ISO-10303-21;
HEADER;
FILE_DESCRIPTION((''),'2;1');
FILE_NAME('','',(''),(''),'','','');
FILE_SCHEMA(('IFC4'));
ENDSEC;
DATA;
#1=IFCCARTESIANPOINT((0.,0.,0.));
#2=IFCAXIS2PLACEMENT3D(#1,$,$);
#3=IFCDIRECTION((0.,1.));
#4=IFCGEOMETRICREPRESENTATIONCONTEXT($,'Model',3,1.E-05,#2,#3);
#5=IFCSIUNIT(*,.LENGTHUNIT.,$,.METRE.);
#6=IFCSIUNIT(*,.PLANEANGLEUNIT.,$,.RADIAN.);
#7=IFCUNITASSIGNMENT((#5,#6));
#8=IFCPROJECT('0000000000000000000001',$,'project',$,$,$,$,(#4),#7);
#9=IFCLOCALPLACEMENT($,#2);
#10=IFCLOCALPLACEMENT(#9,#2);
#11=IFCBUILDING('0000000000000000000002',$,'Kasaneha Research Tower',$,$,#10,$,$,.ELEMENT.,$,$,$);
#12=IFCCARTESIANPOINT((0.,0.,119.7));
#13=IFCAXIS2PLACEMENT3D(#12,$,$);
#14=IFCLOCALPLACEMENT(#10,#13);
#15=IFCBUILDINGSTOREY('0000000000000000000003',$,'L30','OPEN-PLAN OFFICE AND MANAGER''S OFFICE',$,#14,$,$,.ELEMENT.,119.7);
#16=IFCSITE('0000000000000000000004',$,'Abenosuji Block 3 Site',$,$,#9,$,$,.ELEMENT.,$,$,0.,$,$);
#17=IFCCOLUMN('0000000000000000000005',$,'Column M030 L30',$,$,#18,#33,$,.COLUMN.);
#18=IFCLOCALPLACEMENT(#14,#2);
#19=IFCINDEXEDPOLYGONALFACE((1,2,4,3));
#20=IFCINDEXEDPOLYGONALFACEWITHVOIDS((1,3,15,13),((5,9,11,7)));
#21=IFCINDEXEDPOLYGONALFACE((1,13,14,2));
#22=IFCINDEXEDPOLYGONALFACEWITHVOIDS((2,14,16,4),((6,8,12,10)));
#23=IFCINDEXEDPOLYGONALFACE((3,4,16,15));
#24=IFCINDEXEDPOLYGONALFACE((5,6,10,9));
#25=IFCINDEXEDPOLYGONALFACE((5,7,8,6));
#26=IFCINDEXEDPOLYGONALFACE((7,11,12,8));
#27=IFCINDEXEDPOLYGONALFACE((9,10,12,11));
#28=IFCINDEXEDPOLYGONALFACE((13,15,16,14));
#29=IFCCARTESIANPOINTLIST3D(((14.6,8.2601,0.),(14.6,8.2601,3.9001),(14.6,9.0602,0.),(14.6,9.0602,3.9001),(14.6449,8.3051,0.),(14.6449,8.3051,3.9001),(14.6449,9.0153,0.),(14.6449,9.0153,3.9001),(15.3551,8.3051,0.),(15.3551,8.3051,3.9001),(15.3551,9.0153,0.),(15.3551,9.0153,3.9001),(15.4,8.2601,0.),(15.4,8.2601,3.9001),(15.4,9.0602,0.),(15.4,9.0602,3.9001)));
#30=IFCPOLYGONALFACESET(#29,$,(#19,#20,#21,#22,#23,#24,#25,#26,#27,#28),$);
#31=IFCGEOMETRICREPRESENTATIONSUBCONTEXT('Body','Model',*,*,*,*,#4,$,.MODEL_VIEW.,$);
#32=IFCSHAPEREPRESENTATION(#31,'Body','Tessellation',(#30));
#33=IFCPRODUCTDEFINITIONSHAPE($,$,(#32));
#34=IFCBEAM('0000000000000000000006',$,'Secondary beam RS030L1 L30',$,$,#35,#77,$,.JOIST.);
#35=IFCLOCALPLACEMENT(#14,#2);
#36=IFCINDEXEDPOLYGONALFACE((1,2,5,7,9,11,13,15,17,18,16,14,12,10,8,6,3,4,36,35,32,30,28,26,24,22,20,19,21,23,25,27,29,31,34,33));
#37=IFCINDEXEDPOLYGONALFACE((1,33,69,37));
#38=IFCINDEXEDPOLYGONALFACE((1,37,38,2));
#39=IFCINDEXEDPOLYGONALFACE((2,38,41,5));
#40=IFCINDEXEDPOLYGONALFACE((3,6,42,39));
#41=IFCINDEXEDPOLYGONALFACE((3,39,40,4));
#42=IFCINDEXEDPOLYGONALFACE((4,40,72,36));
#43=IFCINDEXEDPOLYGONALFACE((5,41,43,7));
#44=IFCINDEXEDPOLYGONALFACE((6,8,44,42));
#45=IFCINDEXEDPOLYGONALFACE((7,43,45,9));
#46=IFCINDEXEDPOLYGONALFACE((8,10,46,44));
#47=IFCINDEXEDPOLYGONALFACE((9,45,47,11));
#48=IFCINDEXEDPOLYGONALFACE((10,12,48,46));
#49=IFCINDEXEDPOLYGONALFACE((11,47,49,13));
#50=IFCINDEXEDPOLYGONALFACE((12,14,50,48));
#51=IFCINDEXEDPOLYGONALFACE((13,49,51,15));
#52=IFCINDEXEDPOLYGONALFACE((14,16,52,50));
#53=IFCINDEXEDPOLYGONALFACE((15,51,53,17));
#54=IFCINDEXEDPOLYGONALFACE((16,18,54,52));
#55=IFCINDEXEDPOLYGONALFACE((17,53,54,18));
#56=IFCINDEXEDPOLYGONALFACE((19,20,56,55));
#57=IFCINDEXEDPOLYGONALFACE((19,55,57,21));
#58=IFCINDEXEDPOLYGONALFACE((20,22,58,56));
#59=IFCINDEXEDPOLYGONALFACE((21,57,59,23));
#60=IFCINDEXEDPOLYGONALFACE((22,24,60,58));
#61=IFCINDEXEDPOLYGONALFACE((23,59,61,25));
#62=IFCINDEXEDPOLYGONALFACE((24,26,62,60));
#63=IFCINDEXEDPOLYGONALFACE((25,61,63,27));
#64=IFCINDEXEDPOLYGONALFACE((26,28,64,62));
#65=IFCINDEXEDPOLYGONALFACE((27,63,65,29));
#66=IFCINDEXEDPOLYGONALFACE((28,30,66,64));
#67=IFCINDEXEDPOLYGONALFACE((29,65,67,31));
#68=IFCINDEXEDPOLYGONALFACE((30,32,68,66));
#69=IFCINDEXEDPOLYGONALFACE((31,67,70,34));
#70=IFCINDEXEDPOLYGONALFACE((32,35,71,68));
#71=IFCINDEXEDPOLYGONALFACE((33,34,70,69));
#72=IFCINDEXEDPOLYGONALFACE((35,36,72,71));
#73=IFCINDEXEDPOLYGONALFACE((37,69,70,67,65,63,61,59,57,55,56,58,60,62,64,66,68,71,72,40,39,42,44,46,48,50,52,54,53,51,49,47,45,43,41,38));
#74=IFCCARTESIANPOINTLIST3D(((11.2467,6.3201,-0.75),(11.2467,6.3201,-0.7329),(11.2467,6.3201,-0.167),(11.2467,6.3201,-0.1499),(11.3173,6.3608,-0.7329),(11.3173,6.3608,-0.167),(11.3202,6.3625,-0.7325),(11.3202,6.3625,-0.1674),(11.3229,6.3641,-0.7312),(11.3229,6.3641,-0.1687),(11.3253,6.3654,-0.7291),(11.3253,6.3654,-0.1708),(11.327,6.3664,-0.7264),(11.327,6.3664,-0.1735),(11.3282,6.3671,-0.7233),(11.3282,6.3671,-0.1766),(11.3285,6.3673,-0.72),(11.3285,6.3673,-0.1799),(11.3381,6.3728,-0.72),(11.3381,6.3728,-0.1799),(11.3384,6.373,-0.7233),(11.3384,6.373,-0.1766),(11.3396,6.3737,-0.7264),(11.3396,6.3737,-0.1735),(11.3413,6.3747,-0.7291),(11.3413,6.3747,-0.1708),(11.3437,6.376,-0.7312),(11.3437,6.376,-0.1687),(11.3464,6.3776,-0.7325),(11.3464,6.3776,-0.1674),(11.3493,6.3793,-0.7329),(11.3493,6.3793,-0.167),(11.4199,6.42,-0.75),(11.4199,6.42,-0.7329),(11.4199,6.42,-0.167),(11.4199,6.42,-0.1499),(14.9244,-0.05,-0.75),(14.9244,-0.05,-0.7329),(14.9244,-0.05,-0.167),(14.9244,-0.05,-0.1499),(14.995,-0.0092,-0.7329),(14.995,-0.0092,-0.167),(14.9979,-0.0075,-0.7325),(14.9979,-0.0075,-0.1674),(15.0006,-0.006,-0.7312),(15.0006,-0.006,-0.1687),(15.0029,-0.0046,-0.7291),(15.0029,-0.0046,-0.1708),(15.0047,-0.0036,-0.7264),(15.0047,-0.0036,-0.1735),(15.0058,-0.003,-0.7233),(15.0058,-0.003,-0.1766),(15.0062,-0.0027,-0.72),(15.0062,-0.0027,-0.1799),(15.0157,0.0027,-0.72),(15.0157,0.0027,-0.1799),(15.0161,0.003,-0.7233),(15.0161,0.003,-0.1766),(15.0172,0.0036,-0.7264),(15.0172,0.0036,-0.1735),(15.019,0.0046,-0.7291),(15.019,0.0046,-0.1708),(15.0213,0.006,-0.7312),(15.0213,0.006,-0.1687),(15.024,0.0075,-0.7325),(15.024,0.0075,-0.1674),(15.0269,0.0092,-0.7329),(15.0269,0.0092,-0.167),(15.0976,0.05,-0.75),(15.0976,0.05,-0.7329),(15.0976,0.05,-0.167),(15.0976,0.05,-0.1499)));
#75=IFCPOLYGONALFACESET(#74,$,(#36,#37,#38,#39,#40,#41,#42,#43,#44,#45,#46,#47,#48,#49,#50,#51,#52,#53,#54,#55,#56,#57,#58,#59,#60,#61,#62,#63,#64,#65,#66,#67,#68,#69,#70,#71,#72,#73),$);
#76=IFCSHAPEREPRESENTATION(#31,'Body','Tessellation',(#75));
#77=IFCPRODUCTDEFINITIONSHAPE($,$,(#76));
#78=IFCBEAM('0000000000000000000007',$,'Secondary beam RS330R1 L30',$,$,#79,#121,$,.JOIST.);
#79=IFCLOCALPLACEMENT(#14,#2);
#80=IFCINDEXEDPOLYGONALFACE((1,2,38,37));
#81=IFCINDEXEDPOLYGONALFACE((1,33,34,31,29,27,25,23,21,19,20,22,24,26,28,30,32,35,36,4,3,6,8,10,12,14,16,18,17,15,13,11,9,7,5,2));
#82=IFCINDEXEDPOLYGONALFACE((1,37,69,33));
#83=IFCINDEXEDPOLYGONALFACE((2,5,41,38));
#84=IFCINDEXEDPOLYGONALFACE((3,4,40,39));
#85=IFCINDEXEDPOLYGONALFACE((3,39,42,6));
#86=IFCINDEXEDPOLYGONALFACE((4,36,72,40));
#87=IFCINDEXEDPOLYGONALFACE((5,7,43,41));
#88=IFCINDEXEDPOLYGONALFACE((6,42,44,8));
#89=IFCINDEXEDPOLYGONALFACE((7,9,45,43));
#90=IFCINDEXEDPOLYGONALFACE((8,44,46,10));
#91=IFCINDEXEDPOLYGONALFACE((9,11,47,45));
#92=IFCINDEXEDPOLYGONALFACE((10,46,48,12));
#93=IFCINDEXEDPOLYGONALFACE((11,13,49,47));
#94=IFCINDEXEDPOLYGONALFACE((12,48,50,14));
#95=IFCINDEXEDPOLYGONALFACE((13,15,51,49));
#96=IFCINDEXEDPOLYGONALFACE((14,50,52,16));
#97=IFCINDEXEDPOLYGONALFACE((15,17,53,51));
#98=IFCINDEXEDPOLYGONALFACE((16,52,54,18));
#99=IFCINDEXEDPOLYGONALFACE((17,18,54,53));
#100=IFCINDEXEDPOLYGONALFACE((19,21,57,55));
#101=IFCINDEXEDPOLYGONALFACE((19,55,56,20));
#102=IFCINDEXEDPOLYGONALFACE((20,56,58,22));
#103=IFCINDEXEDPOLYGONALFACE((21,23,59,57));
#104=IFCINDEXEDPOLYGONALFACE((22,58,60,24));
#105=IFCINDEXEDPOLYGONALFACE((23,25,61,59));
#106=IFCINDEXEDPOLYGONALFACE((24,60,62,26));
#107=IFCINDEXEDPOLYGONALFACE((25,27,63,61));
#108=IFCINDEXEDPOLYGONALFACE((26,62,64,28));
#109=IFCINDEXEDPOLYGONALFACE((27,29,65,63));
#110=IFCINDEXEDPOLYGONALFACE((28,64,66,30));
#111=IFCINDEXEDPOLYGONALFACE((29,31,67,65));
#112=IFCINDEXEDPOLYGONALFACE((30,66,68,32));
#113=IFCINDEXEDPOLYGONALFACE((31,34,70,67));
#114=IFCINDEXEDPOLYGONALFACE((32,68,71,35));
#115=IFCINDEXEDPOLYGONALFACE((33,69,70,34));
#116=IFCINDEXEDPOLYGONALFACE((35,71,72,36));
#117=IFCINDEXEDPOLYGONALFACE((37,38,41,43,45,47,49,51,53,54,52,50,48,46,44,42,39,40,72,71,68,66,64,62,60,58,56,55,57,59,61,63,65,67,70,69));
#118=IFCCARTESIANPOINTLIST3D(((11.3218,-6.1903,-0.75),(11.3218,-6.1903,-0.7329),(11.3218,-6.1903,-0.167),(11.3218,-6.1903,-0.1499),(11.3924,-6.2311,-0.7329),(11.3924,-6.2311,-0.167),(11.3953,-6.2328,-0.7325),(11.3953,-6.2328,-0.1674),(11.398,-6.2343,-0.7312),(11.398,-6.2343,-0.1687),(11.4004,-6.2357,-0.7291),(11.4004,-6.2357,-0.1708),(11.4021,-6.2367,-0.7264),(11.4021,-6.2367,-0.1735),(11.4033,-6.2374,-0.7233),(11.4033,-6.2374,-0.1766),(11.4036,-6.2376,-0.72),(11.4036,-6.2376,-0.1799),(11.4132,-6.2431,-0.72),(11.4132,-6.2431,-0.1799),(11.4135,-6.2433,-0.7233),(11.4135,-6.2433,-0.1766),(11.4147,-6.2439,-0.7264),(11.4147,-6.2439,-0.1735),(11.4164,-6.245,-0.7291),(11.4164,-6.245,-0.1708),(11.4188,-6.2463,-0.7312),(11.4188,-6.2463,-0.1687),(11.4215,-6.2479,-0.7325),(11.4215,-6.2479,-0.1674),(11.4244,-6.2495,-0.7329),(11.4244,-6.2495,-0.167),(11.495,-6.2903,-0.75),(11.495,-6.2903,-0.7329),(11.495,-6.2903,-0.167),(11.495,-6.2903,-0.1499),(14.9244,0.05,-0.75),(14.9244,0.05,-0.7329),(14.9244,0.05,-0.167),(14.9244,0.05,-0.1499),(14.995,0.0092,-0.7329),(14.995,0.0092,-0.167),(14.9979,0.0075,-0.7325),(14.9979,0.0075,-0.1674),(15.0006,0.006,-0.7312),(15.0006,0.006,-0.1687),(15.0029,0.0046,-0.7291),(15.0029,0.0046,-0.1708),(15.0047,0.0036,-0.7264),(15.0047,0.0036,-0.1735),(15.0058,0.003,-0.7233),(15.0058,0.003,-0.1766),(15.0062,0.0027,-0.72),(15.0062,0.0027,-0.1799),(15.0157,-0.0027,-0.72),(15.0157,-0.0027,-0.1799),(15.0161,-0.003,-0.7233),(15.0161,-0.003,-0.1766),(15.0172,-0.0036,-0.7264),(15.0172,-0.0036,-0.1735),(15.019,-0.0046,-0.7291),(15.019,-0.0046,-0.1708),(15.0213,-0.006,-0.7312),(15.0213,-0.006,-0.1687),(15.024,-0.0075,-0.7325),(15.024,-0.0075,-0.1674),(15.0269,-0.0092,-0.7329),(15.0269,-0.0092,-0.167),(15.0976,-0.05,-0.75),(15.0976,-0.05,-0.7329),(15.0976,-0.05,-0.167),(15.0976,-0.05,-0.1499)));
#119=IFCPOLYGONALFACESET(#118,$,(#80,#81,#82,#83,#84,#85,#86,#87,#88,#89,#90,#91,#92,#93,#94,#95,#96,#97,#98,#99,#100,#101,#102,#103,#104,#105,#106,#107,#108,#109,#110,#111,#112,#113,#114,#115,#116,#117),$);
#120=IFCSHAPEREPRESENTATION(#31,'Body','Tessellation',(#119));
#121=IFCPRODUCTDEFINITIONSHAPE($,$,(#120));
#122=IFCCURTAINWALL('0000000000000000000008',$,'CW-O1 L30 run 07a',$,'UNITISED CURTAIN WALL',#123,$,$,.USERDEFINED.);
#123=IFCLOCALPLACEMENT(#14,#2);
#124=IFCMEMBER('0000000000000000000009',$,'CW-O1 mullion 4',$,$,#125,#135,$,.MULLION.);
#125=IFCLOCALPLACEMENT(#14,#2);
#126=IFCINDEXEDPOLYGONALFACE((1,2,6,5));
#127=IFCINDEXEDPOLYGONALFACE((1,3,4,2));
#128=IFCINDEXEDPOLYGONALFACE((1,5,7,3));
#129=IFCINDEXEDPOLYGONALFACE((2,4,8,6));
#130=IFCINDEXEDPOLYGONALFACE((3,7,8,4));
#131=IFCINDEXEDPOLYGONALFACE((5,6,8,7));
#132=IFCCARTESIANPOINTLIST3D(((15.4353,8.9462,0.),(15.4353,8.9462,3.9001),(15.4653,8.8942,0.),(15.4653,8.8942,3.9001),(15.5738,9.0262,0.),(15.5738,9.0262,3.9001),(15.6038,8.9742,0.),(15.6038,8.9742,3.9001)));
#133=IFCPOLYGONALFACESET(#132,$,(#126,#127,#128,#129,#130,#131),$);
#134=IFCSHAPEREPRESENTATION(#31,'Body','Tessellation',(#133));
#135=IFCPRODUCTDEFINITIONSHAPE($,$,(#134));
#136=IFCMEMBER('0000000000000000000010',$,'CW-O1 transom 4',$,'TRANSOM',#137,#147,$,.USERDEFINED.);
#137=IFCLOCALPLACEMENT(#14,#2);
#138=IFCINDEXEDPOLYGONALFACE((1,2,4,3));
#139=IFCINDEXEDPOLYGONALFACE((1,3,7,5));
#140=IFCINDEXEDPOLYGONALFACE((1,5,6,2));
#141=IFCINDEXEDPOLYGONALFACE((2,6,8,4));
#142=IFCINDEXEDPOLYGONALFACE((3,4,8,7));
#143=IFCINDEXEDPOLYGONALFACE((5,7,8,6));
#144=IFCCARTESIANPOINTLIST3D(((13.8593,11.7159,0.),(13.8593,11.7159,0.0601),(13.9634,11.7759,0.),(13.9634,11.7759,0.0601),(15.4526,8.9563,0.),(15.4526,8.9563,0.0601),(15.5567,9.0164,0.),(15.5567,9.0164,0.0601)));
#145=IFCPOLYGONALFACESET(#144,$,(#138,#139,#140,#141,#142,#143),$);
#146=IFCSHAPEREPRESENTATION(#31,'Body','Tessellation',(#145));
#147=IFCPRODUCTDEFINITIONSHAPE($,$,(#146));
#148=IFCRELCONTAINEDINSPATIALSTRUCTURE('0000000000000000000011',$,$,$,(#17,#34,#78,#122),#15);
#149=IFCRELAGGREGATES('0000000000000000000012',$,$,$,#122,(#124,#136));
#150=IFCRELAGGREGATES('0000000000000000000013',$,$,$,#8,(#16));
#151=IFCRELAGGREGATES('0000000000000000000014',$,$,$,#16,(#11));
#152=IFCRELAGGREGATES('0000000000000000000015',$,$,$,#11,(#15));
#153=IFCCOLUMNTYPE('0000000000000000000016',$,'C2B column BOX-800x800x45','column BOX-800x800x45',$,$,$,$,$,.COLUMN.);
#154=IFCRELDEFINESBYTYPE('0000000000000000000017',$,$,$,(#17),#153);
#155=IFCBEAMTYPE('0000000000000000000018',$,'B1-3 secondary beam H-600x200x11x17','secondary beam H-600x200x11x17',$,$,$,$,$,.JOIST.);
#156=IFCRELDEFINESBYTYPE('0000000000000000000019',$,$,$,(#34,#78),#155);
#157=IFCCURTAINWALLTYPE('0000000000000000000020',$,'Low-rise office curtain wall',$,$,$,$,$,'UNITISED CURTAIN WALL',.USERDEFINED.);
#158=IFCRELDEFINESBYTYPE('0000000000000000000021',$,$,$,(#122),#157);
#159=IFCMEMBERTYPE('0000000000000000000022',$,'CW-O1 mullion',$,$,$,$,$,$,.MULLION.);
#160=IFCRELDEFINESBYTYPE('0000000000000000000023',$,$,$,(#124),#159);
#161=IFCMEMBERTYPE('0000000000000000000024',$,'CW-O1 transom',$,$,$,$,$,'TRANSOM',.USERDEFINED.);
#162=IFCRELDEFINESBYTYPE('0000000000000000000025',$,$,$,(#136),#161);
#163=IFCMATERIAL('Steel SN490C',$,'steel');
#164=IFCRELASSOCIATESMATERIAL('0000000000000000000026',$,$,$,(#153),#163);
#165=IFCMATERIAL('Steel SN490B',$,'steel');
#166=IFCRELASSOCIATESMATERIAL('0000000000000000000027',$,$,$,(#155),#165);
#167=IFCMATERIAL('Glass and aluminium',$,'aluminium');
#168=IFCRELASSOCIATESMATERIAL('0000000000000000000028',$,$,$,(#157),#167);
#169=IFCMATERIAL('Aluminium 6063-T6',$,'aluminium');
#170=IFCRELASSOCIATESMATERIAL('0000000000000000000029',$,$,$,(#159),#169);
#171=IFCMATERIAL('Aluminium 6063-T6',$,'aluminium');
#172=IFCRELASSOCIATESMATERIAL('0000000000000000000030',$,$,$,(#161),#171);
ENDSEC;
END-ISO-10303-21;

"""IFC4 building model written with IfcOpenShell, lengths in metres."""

from ifc_helpers import new_model, si_unit, direction, frame, origin, origin_2d, place, context, subcontext, project, spatial, rectangle, hollow_rectangle, i_section, extrude, material, material_profile, profile_set, type_object, element, aggregate, save


model = new_model("IFC4")

# Units and contexts
model_context = context("Model", 3, precision=1e-05, world=origin(), true_north=direction((0.0, 1.0)))
body_context = subcontext(model_context, "Body", "Model", "MODEL_VIEW")
ifc_project = project(units=[si_unit("LENGTHUNIT", "METRE"), si_unit("PLANEANGLEUNIT", "RADIAN")], contexts=[model_context])

# Site, building, storey
site_placement = place(None, origin())
site = spatial("IfcSite", under=ifc_project, at=site_placement, Name="Abenosuji Block 3 Site", CompositionType="ELEMENT", RefElevation=0.0)
building_placement = place(site_placement, origin())
building = spatial("IfcBuilding", under=site, at=building_placement, Name="Kasaneha Research Tower", CompositionType="ELEMENT")
storey_placement = place(building_placement, frame((0.0, 0.0, 119.7)))
storey = spatial("IfcBuildingStorey", under=building, at=storey_placement, Name="L30", Description="OPEN-PLAN OFFICE AND MANAGER'S OFFICE", CompositionType="ELEMENT", Elevation=119.7)

# Column
ifc_material_1 = material(Name="Steel SN490C", Category="steel")
ifc_material_profile_1 = material_profile(ifc_material_1, hollow_rectangle(XDim=0.8, YDim=0.8, WallThickness=0.0449, at=origin_2d()), Name="BOX-800x800x45")
ifc_profile_set_1 = profile_set([ifc_material_profile_1], Name="Steel SN490C")
column_type = type_object("IfcColumnType", Name="C2B column BOX-800x800x45", Description="column BOX-800x800x45", PredefinedType="COLUMN", material=ifc_profile_set_1)
column_placement = place(storey_placement, frame((15.0, 8.6602, 0.0), z_axis=(0.0, 0.0, 1.0), x_axis=(1.0, 0.0, 0.0)))
element("IfcColumn", 1, at=column_placement, inside=storey, type_object=column_type, Name="Column M030 L30", PredefinedType="COLUMN", context=body_context, shape_type="SweptSolid", body=[
    extrude(hollow_rectangle(XDim=0.8, YDim=0.8, WallThickness=0.0449, at=origin_2d()), origin(), (0.0, 0.0, 1.0), 3.9001),
])

# Beams
ifc_material_2 = material(Name="Steel SN490B", Category="steel")
ifc_material_profile_2 = material_profile(ifc_material_2, i_section(OverallWidth=0.2, OverallDepth=0.6001, WebThickness=0.011, FlangeThickness=0.0171, FilletRadius=0.0129, at=origin_2d()), Name="H-600x200x11x17")
ifc_profile_set_2 = profile_set([ifc_material_profile_2], Name="Steel SN490B")
beam_type_1 = type_object("IfcBeamType", Name="B1-3 secondary beam H-600x200x11x17", Description="secondary beam H-600x200x11x17", PredefinedType="JOIST", material=ifc_profile_set_2)
beam_1_placement = place(storey_placement, frame((15.011, 0.0, -0.45), z_axis=(-0.499994, 0.866029, 0.0), x_axis=(-0.866029, -0.499994, 0.0)))
element("IfcBeam", 2, at=beam_1_placement, inside=storey, type_object=beam_type_1, Name="Secondary beam RS030L1 L30", PredefinedType="JOIST", context=body_context, shape_type="SweptSolid", body=[
    extrude(i_section(OverallWidth=0.2, OverallDepth=0.6001, WebThickness=0.011, FlangeThickness=0.0171, FilletRadius=0.0129, at=origin_2d()), origin(), (0.0, 0.0, 1.0), 7.3555),
])
beam_2_placement = place(storey_placement, frame((15.011, 0.0, -0.45), z_axis=(-0.499973, -0.866041, 0.0), x_axis=(0.866041, -0.499973, 0.0)))
element("IfcBeam", 3, at=beam_2_placement, inside=storey, type_object=beam_type_1, Name="Secondary beam RS330R1 L30", PredefinedType="JOIST", context=body_context, shape_type="SweptSolid", body=[
    extrude(i_section(OverallWidth=0.2, OverallDepth=0.6001, WebThickness=0.011, FlangeThickness=0.0171, FilletRadius=0.0129, at=origin_2d()), origin(), (0.0, 0.0, 1.0), 7.2056),
])

# Curtain wall, members
ifc_material_3 = material(Name="Glass and aluminium", Category="aluminium")
curtain_wall_type = type_object("IfcCurtainWallType", Name="Low-rise office curtain wall", ElementType="UNITISED CURTAIN WALL", PredefinedType="USERDEFINED", material=ifc_material_3)
curtain_wall_placement = place(storey_placement, origin())
curtain_wall = element("IfcCurtainWall", 4, at=curtain_wall_placement, inside=storey, type_object=curtain_wall_type, Name="CW-O1 L30 run 07a", ObjectType="UNITISED CURTAIN WALL", PredefinedType="USERDEFINED")
ifc_material_4 = material(Name="Aluminium 6063-T6", Category="aluminium")
ifc_material_profile_3 = material_profile(ifc_material_4, rectangle(XDim=0.0601, YDim=0.1599, at=origin_2d()), Name="CW-O1 mullion 60x160")
ifc_profile_set_3 = profile_set([ifc_material_profile_3], Name="Aluminium 6063-T6")
member_type_1 = type_object("IfcMemberType", Name="CW-O1 mullion", PredefinedType="MULLION", material=ifc_profile_set_3)
member_1_placement = place(storey_placement, frame((15.5195, 8.9602, 0.0), z_axis=(0.0, 0.0, 1.0), x_axis=(-0.5, 0.866025, 0.0)))
member_1 = element("IfcMember", 5, at=member_1_placement, type_object=member_type_1, Name="CW-O1 mullion 4", PredefinedType="MULLION", context=body_context, shape_type="SweptSolid", body=[
    extrude(rectangle(XDim=0.0601, YDim=0.1599, at=origin_2d()), origin(), (0.0, 0.0, 1.0), 3.9001),
])
ifc_material_5 = material(Name="Aluminium 6063-T6", Category="aluminium")
ifc_material_profile_4 = material_profile(ifc_material_5, rectangle(XDim=0.1201, YDim=0.0601, at=origin_2d()), Name="CW-O1 transom 120x60")
ifc_profile_set_4 = profile_set([ifc_material_profile_4], Name="Aluminium 6063-T6")
member_type_2 = type_object("IfcMemberType", Name="CW-O1 transom", ElementType="TRANSOM", PredefinedType="USERDEFINED", material=ifc_profile_set_4)
member_2_placement = place(storey_placement, frame((15.5046, 8.9863, 0.03), z_axis=(-0.500012, 0.866018, 0.0), x_axis=(-0.866018, -0.500012, 0.0)))
member_2 = element("IfcMember", 6, at=member_2_placement, type_object=member_type_2, Name="CW-O1 transom 4", ObjectType="TRANSOM", PredefinedType="USERDEFINED", context=body_context, shape_type="SweptSolid", body=[
    extrude(rectangle(XDim=0.1201, YDim=0.0601, at=origin_2d()), origin(), (0.0, 0.0, 1.0), 3.1865),
])

aggregate(curtain_wall, [member_1, member_2])

save(model, "model.ifc")
